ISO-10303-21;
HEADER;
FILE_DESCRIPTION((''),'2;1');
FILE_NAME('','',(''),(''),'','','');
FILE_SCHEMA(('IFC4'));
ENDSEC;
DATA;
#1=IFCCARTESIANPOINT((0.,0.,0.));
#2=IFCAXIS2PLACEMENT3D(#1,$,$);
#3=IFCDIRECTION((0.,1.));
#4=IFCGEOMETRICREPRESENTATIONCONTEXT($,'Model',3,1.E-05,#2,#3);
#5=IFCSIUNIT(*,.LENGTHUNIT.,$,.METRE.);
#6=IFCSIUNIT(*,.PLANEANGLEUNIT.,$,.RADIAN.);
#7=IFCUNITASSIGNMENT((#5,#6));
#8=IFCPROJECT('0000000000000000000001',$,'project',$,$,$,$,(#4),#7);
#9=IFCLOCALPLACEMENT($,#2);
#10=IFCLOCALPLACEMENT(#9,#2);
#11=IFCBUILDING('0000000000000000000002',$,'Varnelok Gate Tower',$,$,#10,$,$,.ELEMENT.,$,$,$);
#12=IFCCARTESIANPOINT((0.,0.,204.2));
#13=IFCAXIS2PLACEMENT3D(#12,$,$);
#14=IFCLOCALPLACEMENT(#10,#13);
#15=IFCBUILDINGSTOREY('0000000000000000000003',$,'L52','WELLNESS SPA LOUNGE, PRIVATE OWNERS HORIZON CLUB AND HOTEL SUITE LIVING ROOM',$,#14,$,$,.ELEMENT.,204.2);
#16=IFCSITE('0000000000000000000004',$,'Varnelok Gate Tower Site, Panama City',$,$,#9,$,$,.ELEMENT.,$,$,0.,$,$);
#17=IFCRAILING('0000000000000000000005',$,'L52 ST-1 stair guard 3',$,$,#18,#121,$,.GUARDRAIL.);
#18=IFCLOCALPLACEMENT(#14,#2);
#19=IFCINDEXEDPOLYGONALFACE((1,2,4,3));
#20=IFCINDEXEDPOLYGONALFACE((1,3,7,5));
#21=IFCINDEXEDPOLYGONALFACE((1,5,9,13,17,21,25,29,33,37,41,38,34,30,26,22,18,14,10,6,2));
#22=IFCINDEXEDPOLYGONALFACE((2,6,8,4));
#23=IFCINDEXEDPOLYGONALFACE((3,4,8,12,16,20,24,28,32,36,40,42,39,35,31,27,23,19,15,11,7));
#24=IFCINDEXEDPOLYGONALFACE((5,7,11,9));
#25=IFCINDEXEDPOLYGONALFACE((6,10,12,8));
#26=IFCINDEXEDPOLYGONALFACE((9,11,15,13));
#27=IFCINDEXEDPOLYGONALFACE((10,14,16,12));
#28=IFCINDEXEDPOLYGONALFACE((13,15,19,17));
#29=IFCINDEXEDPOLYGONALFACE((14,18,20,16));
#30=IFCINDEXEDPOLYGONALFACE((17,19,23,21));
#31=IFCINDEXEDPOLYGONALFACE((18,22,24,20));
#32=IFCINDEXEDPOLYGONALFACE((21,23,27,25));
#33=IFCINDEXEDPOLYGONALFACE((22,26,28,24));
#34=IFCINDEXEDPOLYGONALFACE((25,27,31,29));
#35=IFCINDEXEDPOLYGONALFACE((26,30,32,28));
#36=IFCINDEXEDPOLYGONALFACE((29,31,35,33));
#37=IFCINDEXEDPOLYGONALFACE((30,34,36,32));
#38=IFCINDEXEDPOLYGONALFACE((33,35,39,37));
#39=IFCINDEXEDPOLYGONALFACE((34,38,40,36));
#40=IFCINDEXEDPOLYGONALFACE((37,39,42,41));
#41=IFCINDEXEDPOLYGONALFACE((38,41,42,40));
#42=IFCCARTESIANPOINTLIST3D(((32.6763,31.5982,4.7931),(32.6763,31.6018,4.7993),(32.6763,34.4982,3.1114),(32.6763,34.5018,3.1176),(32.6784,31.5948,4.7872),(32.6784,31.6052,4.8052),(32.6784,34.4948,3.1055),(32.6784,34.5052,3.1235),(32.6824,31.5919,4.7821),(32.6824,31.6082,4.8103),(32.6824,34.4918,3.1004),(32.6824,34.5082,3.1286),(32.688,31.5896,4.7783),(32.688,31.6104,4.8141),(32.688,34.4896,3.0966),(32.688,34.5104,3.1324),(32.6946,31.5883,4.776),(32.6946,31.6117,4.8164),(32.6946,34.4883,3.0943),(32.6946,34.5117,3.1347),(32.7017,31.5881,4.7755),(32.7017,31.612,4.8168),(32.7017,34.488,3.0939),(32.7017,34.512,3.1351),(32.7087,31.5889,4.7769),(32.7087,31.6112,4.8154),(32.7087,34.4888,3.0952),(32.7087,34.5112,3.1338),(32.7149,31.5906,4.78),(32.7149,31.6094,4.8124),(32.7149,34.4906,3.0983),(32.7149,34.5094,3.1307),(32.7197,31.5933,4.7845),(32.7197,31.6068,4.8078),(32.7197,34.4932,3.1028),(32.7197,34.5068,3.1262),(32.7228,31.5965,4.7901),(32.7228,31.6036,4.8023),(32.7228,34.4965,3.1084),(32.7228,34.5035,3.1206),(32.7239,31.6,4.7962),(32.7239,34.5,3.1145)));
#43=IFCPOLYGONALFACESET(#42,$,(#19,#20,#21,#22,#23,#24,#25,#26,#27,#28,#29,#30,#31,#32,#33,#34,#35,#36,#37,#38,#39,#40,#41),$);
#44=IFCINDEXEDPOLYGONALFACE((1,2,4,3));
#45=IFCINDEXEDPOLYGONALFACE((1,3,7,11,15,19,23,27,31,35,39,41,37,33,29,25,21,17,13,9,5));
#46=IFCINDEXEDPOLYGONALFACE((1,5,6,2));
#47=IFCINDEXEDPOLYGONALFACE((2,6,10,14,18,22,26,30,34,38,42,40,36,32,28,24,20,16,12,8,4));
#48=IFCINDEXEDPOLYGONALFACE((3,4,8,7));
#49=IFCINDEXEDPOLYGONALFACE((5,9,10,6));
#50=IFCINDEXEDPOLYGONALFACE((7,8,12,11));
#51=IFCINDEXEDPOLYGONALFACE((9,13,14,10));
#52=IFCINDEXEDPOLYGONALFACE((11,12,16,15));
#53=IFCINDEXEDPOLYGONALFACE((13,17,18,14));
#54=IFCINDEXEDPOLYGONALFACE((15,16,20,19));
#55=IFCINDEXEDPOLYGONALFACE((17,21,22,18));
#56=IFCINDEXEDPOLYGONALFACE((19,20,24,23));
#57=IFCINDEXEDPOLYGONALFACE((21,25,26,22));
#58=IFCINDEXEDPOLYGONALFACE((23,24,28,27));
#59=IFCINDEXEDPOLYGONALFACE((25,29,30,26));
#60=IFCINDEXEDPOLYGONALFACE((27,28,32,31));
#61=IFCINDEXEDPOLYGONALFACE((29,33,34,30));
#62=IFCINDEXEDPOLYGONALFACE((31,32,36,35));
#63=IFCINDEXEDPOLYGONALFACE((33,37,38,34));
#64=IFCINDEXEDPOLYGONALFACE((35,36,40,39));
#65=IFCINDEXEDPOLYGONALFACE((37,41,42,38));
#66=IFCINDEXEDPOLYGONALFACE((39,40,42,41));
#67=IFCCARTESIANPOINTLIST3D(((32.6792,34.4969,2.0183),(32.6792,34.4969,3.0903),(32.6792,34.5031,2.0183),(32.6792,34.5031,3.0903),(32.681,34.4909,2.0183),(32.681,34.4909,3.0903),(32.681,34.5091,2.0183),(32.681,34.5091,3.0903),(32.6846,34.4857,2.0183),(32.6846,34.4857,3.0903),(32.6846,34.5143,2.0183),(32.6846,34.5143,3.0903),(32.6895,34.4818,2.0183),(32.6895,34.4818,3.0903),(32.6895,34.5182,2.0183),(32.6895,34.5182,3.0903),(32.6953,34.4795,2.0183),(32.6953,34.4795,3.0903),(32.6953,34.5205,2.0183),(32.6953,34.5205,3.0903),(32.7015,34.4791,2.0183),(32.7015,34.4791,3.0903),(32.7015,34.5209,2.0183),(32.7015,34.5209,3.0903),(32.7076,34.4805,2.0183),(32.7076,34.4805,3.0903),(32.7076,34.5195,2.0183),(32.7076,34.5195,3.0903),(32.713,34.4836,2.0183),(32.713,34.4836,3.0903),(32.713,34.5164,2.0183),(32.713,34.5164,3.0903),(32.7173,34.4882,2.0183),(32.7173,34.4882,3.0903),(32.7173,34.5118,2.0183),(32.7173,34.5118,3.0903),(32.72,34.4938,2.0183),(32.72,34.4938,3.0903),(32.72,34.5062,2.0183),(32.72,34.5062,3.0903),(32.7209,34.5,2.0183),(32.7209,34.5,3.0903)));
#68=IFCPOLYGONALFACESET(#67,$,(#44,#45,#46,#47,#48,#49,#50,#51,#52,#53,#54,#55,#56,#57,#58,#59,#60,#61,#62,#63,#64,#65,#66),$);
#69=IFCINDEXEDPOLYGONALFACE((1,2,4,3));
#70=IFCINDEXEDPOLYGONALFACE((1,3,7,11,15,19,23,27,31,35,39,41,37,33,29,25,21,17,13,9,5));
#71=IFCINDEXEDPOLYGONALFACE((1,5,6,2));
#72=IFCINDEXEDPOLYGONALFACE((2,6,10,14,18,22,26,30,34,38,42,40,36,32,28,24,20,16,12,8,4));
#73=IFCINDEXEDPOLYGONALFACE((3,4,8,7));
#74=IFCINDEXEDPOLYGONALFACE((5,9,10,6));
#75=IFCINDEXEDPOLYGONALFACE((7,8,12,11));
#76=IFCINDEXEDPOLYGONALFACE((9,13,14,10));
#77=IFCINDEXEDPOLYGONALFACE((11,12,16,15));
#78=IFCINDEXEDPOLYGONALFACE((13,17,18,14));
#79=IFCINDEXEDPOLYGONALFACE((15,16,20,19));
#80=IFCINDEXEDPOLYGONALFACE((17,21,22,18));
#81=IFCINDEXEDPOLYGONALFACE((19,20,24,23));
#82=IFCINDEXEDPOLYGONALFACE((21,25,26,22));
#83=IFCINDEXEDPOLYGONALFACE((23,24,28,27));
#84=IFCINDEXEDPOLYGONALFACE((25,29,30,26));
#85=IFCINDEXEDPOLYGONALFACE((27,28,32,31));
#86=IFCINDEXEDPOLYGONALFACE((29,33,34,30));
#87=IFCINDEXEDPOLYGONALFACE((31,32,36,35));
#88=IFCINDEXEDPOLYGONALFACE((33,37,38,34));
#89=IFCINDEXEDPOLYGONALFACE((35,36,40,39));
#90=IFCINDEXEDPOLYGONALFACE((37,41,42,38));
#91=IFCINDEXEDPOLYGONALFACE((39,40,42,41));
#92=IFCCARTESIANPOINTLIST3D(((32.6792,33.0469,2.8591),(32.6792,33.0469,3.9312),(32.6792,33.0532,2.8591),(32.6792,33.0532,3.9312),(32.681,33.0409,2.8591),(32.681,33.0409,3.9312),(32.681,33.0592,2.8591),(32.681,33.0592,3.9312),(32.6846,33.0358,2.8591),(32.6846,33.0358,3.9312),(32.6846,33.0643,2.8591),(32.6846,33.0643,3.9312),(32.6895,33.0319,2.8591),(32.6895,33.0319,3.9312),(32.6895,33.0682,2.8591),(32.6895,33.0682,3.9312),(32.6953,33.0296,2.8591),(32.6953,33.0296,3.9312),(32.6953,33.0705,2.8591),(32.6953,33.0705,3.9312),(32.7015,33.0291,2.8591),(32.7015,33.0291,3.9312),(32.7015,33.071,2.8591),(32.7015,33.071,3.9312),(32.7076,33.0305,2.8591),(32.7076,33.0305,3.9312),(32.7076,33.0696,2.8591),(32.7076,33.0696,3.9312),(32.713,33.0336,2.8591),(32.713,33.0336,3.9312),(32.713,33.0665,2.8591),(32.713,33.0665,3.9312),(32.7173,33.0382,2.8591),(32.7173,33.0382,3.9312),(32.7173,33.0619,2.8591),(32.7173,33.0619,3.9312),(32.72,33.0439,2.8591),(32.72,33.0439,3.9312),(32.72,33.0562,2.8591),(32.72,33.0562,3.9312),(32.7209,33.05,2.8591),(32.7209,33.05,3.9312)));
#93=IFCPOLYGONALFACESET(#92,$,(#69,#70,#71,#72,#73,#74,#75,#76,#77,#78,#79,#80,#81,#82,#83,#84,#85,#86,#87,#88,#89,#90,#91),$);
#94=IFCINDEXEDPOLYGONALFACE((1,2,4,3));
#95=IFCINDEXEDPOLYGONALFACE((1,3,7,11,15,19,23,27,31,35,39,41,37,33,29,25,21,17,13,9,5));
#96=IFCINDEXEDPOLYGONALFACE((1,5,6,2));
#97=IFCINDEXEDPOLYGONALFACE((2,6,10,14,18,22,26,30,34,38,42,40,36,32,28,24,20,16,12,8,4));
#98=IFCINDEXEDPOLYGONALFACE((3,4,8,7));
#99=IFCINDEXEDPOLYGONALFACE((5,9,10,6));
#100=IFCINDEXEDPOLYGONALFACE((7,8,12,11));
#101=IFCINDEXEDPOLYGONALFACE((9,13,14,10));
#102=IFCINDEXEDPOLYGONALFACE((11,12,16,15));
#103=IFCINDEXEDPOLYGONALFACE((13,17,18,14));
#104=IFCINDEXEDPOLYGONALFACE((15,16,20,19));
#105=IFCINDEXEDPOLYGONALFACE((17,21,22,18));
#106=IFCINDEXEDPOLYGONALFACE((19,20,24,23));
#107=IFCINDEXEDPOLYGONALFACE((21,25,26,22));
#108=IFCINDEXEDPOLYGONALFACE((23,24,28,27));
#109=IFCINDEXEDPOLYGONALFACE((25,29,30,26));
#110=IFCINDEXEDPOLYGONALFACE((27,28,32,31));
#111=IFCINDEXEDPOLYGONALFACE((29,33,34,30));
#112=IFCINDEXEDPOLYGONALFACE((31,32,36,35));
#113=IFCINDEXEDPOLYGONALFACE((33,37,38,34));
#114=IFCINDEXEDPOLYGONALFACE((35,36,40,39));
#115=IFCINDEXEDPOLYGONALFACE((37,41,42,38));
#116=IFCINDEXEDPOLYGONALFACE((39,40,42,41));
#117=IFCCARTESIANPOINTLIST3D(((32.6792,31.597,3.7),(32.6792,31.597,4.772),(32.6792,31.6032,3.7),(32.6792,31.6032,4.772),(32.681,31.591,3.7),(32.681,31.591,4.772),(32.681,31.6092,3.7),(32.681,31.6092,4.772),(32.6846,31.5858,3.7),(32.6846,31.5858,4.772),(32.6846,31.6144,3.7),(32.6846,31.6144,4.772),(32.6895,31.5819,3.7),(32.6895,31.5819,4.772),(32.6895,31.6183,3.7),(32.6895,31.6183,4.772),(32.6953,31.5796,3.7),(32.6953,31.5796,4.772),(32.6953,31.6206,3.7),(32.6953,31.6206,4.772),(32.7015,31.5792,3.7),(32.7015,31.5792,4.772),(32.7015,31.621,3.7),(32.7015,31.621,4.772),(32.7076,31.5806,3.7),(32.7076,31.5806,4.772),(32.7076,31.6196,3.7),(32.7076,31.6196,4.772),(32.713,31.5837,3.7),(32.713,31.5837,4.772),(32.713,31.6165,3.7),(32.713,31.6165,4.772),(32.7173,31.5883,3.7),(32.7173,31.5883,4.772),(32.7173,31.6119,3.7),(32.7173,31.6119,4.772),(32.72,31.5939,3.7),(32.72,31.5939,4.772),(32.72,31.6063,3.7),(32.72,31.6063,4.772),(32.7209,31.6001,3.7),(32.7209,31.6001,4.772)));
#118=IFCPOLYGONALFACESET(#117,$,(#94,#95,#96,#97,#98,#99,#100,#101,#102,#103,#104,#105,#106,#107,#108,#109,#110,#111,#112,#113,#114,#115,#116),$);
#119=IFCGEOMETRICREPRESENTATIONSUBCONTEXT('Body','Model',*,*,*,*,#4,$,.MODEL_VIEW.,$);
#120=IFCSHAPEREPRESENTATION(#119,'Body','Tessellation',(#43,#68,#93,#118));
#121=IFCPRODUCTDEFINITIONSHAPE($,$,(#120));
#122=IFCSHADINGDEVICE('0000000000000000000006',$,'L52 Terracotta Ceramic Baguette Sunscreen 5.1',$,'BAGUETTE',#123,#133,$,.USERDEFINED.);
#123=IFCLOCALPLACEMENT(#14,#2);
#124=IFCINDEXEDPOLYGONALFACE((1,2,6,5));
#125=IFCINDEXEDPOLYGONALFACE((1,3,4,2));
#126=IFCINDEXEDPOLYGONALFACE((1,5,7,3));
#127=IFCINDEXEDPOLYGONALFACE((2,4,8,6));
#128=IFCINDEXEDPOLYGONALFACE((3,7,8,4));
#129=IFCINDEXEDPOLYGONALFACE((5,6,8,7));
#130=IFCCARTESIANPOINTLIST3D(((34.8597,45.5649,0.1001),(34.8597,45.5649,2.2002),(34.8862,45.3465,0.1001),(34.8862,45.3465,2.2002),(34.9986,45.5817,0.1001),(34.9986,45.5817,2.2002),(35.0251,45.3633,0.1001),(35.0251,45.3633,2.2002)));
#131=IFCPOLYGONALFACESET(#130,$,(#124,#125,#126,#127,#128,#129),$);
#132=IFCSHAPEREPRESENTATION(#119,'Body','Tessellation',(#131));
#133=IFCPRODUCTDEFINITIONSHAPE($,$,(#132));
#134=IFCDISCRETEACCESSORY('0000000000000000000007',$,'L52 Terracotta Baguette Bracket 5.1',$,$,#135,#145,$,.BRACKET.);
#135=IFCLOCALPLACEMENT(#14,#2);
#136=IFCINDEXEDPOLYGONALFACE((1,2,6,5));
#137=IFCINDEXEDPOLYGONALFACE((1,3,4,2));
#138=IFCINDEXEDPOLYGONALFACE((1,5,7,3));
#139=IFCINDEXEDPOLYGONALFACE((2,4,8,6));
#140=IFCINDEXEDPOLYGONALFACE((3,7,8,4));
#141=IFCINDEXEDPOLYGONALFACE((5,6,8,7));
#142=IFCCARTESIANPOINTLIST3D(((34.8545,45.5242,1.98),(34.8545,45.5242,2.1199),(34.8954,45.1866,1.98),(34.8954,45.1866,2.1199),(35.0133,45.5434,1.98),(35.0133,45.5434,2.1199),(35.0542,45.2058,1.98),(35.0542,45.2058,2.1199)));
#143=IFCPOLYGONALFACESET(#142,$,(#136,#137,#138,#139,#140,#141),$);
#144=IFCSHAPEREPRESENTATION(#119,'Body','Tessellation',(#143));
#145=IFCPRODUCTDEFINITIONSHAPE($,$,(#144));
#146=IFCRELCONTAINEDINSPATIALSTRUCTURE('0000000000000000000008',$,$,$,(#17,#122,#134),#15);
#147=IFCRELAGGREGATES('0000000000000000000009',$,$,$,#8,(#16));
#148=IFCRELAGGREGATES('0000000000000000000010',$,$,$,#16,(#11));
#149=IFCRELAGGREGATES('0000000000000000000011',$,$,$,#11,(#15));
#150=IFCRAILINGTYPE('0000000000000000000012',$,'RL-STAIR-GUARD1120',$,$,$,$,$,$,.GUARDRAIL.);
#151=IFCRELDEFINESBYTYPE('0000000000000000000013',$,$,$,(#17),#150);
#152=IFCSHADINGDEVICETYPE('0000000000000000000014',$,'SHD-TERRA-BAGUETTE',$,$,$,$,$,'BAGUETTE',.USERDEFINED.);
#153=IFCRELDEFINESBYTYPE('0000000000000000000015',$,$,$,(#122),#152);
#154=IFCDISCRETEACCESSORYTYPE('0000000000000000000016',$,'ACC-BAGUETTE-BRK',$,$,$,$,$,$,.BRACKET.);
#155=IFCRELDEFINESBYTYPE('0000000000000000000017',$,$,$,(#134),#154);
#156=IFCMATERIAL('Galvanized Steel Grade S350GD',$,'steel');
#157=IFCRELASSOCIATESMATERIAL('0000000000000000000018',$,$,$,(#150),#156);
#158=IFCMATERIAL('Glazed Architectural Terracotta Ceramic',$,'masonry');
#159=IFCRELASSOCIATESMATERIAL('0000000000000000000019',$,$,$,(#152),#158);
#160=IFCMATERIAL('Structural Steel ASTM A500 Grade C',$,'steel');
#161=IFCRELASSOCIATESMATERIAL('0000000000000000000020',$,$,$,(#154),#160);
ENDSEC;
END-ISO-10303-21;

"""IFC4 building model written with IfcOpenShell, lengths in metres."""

from ifc_helpers import new_model, si_unit, direction, frame, origin, origin_2d, place, context, subcontext, project, spatial, rectangle, circle, extrude, source, transform, mapped, material, type_object, element, save


model = new_model("IFC4")

# Units and contexts
model_context = context("Model", 3, precision=1e-05, world=origin(), true_north=direction((0.0, 1.0)))
body_context = subcontext(model_context, "Body", "Model", "MODEL_VIEW")
ifc_project = project(units=[si_unit("LENGTHUNIT", "METRE"), si_unit("PLANEANGLEUNIT", "RADIAN")], contexts=[model_context])

# Site, building, storey
site_placement = place(None, origin())
site = spatial("IfcSite", under=ifc_project, at=site_placement, Name="Varnelok Gate Tower Site, Panama City", CompositionType="ELEMENT", RefElevation=0.0)
building_placement = place(site_placement, origin())
building = spatial("IfcBuilding", under=site, at=building_placement, Name="Varnelok Gate Tower", CompositionType="ELEMENT")
storey_placement = place(building_placement, frame((0.0, 0.0, 204.2)))
storey = spatial("IfcBuildingStorey", under=building, at=storey_placement, Name="L52", Description="WELLNESS SPA LOUNGE, PRIVATE OWNERS HORIZON CLUB AND HOTEL SUITE LIVING ROOM", CompositionType="ELEMENT", Elevation=204.2)

# Railing
ifc_material_1 = material(Name="Galvanized Steel Grade S350GD", Category="steel")
railing_type_1 = type_object("IfcRailingType", Name="RL-STAIR-GUARD1120", PredefinedType="GUARDRAIL", material=ifc_material_1)
railing_1_placement = place(storey_placement, frame((32.7, 34.5, 2.0183)))
element("IfcRailing", 1, at=railing_1_placement, inside=storey, type_object=railing_type_1, Name="L52 ST-1 stair guard 3", PredefinedType="GUARDRAIL", context=body_context, shape_type="SweptSolid", body=[
    extrude(circle(Radius=0.0239, at=origin_2d()), frame((0.0, 0.0, 1.0962), z_axis=(0.0, -0.86507, 0.501651), x_axis=(1.0, 0.0, 0.0)), (0.0, 0.0, 1.0), 3.3523),
    extrude(circle(Radius=0.021, at=origin_2d()), origin(), (0.0, 0.0, 1.0), 1.072),
    extrude(circle(Radius=0.021, at=origin_2d()), frame((0.0, -1.45, 0.8408)), (0.0, 0.0, 1.0), 1.072),
    extrude(circle(Radius=0.021, at=origin_2d()), frame((0.0, -2.8999, 1.6816)), (0.0, 0.0, 1.0), 1.072),
])

# Shading device
ifc_material_2 = material(Name="Glazed Architectural Terracotta Ceramic", Category="masonry")
shading_device_type = type_object("IfcShadingDeviceType", Name="SHD-TERRA-BAGUETTE", ElementType="BAGUETTE", PredefinedType="USERDEFINED", material=ifc_material_2)
shared_shape_1 = source(origin(), body_context, "Body", "SweptSolid", [
    extrude(rectangle(XDim=0.1399, YDim=0.22, at=origin_2d()), origin(), (0.0, 0.0, 1.0), 2.1001),
])
shading_device_placement = place(storey_placement, frame((34.9424, 45.4641, 0.1001), z_axis=(0.0, 0.0, 1.0), x_axis=(0.992732, 0.120345, 0.0)))
element("IfcShadingDevice", 2, at=shading_device_placement, inside=storey, type_object=shading_device_type, Name="L52 Terracotta Ceramic Baguette Sunscreen 5.1", ObjectType="BAGUETTE", PredefinedType="USERDEFINED", context=body_context, shape_type="MappedRepresentation", body=[
    mapped(shared_shape_1, transform((0.0, 0.0, 0.0), scale=1.0)),
])

# Discrete accessory
ifc_material_3 = material(Name="Structural Steel ASTM A500 Grade C", Category="steel")
discrete_accessory_type = type_object("IfcDiscreteAccessoryType", Name="ACC-BAGUETTE-BRK", PredefinedType="BRACKET", material=ifc_material_3)
shared_shape_2 = source(origin(), body_context, "Body", "SweptSolid", [
    extrude(rectangle(XDim=0.1599, YDim=0.3401, at=origin_2d()), origin(), (0.0, 0.0, 1.0), 0.1399),
])
discrete_accessory_placement = place(storey_placement, frame((34.9543, 45.365, 1.98), z_axis=(0.0, 0.0, 1.0), x_axis=(0.992732, 0.120345, 0.0)))
element("IfcDiscreteAccessory", 3, at=discrete_accessory_placement, inside=storey, type_object=discrete_accessory_type, Name="L52 Terracotta Baguette Bracket 5.1", PredefinedType="BRACKET", context=body_context, shape_type="MappedRepresentation", body=[
    mapped(shared_shape_2, transform((0.0, 0.0, 0.0), scale=1.0)),
])

save(model, "model.ifc")
